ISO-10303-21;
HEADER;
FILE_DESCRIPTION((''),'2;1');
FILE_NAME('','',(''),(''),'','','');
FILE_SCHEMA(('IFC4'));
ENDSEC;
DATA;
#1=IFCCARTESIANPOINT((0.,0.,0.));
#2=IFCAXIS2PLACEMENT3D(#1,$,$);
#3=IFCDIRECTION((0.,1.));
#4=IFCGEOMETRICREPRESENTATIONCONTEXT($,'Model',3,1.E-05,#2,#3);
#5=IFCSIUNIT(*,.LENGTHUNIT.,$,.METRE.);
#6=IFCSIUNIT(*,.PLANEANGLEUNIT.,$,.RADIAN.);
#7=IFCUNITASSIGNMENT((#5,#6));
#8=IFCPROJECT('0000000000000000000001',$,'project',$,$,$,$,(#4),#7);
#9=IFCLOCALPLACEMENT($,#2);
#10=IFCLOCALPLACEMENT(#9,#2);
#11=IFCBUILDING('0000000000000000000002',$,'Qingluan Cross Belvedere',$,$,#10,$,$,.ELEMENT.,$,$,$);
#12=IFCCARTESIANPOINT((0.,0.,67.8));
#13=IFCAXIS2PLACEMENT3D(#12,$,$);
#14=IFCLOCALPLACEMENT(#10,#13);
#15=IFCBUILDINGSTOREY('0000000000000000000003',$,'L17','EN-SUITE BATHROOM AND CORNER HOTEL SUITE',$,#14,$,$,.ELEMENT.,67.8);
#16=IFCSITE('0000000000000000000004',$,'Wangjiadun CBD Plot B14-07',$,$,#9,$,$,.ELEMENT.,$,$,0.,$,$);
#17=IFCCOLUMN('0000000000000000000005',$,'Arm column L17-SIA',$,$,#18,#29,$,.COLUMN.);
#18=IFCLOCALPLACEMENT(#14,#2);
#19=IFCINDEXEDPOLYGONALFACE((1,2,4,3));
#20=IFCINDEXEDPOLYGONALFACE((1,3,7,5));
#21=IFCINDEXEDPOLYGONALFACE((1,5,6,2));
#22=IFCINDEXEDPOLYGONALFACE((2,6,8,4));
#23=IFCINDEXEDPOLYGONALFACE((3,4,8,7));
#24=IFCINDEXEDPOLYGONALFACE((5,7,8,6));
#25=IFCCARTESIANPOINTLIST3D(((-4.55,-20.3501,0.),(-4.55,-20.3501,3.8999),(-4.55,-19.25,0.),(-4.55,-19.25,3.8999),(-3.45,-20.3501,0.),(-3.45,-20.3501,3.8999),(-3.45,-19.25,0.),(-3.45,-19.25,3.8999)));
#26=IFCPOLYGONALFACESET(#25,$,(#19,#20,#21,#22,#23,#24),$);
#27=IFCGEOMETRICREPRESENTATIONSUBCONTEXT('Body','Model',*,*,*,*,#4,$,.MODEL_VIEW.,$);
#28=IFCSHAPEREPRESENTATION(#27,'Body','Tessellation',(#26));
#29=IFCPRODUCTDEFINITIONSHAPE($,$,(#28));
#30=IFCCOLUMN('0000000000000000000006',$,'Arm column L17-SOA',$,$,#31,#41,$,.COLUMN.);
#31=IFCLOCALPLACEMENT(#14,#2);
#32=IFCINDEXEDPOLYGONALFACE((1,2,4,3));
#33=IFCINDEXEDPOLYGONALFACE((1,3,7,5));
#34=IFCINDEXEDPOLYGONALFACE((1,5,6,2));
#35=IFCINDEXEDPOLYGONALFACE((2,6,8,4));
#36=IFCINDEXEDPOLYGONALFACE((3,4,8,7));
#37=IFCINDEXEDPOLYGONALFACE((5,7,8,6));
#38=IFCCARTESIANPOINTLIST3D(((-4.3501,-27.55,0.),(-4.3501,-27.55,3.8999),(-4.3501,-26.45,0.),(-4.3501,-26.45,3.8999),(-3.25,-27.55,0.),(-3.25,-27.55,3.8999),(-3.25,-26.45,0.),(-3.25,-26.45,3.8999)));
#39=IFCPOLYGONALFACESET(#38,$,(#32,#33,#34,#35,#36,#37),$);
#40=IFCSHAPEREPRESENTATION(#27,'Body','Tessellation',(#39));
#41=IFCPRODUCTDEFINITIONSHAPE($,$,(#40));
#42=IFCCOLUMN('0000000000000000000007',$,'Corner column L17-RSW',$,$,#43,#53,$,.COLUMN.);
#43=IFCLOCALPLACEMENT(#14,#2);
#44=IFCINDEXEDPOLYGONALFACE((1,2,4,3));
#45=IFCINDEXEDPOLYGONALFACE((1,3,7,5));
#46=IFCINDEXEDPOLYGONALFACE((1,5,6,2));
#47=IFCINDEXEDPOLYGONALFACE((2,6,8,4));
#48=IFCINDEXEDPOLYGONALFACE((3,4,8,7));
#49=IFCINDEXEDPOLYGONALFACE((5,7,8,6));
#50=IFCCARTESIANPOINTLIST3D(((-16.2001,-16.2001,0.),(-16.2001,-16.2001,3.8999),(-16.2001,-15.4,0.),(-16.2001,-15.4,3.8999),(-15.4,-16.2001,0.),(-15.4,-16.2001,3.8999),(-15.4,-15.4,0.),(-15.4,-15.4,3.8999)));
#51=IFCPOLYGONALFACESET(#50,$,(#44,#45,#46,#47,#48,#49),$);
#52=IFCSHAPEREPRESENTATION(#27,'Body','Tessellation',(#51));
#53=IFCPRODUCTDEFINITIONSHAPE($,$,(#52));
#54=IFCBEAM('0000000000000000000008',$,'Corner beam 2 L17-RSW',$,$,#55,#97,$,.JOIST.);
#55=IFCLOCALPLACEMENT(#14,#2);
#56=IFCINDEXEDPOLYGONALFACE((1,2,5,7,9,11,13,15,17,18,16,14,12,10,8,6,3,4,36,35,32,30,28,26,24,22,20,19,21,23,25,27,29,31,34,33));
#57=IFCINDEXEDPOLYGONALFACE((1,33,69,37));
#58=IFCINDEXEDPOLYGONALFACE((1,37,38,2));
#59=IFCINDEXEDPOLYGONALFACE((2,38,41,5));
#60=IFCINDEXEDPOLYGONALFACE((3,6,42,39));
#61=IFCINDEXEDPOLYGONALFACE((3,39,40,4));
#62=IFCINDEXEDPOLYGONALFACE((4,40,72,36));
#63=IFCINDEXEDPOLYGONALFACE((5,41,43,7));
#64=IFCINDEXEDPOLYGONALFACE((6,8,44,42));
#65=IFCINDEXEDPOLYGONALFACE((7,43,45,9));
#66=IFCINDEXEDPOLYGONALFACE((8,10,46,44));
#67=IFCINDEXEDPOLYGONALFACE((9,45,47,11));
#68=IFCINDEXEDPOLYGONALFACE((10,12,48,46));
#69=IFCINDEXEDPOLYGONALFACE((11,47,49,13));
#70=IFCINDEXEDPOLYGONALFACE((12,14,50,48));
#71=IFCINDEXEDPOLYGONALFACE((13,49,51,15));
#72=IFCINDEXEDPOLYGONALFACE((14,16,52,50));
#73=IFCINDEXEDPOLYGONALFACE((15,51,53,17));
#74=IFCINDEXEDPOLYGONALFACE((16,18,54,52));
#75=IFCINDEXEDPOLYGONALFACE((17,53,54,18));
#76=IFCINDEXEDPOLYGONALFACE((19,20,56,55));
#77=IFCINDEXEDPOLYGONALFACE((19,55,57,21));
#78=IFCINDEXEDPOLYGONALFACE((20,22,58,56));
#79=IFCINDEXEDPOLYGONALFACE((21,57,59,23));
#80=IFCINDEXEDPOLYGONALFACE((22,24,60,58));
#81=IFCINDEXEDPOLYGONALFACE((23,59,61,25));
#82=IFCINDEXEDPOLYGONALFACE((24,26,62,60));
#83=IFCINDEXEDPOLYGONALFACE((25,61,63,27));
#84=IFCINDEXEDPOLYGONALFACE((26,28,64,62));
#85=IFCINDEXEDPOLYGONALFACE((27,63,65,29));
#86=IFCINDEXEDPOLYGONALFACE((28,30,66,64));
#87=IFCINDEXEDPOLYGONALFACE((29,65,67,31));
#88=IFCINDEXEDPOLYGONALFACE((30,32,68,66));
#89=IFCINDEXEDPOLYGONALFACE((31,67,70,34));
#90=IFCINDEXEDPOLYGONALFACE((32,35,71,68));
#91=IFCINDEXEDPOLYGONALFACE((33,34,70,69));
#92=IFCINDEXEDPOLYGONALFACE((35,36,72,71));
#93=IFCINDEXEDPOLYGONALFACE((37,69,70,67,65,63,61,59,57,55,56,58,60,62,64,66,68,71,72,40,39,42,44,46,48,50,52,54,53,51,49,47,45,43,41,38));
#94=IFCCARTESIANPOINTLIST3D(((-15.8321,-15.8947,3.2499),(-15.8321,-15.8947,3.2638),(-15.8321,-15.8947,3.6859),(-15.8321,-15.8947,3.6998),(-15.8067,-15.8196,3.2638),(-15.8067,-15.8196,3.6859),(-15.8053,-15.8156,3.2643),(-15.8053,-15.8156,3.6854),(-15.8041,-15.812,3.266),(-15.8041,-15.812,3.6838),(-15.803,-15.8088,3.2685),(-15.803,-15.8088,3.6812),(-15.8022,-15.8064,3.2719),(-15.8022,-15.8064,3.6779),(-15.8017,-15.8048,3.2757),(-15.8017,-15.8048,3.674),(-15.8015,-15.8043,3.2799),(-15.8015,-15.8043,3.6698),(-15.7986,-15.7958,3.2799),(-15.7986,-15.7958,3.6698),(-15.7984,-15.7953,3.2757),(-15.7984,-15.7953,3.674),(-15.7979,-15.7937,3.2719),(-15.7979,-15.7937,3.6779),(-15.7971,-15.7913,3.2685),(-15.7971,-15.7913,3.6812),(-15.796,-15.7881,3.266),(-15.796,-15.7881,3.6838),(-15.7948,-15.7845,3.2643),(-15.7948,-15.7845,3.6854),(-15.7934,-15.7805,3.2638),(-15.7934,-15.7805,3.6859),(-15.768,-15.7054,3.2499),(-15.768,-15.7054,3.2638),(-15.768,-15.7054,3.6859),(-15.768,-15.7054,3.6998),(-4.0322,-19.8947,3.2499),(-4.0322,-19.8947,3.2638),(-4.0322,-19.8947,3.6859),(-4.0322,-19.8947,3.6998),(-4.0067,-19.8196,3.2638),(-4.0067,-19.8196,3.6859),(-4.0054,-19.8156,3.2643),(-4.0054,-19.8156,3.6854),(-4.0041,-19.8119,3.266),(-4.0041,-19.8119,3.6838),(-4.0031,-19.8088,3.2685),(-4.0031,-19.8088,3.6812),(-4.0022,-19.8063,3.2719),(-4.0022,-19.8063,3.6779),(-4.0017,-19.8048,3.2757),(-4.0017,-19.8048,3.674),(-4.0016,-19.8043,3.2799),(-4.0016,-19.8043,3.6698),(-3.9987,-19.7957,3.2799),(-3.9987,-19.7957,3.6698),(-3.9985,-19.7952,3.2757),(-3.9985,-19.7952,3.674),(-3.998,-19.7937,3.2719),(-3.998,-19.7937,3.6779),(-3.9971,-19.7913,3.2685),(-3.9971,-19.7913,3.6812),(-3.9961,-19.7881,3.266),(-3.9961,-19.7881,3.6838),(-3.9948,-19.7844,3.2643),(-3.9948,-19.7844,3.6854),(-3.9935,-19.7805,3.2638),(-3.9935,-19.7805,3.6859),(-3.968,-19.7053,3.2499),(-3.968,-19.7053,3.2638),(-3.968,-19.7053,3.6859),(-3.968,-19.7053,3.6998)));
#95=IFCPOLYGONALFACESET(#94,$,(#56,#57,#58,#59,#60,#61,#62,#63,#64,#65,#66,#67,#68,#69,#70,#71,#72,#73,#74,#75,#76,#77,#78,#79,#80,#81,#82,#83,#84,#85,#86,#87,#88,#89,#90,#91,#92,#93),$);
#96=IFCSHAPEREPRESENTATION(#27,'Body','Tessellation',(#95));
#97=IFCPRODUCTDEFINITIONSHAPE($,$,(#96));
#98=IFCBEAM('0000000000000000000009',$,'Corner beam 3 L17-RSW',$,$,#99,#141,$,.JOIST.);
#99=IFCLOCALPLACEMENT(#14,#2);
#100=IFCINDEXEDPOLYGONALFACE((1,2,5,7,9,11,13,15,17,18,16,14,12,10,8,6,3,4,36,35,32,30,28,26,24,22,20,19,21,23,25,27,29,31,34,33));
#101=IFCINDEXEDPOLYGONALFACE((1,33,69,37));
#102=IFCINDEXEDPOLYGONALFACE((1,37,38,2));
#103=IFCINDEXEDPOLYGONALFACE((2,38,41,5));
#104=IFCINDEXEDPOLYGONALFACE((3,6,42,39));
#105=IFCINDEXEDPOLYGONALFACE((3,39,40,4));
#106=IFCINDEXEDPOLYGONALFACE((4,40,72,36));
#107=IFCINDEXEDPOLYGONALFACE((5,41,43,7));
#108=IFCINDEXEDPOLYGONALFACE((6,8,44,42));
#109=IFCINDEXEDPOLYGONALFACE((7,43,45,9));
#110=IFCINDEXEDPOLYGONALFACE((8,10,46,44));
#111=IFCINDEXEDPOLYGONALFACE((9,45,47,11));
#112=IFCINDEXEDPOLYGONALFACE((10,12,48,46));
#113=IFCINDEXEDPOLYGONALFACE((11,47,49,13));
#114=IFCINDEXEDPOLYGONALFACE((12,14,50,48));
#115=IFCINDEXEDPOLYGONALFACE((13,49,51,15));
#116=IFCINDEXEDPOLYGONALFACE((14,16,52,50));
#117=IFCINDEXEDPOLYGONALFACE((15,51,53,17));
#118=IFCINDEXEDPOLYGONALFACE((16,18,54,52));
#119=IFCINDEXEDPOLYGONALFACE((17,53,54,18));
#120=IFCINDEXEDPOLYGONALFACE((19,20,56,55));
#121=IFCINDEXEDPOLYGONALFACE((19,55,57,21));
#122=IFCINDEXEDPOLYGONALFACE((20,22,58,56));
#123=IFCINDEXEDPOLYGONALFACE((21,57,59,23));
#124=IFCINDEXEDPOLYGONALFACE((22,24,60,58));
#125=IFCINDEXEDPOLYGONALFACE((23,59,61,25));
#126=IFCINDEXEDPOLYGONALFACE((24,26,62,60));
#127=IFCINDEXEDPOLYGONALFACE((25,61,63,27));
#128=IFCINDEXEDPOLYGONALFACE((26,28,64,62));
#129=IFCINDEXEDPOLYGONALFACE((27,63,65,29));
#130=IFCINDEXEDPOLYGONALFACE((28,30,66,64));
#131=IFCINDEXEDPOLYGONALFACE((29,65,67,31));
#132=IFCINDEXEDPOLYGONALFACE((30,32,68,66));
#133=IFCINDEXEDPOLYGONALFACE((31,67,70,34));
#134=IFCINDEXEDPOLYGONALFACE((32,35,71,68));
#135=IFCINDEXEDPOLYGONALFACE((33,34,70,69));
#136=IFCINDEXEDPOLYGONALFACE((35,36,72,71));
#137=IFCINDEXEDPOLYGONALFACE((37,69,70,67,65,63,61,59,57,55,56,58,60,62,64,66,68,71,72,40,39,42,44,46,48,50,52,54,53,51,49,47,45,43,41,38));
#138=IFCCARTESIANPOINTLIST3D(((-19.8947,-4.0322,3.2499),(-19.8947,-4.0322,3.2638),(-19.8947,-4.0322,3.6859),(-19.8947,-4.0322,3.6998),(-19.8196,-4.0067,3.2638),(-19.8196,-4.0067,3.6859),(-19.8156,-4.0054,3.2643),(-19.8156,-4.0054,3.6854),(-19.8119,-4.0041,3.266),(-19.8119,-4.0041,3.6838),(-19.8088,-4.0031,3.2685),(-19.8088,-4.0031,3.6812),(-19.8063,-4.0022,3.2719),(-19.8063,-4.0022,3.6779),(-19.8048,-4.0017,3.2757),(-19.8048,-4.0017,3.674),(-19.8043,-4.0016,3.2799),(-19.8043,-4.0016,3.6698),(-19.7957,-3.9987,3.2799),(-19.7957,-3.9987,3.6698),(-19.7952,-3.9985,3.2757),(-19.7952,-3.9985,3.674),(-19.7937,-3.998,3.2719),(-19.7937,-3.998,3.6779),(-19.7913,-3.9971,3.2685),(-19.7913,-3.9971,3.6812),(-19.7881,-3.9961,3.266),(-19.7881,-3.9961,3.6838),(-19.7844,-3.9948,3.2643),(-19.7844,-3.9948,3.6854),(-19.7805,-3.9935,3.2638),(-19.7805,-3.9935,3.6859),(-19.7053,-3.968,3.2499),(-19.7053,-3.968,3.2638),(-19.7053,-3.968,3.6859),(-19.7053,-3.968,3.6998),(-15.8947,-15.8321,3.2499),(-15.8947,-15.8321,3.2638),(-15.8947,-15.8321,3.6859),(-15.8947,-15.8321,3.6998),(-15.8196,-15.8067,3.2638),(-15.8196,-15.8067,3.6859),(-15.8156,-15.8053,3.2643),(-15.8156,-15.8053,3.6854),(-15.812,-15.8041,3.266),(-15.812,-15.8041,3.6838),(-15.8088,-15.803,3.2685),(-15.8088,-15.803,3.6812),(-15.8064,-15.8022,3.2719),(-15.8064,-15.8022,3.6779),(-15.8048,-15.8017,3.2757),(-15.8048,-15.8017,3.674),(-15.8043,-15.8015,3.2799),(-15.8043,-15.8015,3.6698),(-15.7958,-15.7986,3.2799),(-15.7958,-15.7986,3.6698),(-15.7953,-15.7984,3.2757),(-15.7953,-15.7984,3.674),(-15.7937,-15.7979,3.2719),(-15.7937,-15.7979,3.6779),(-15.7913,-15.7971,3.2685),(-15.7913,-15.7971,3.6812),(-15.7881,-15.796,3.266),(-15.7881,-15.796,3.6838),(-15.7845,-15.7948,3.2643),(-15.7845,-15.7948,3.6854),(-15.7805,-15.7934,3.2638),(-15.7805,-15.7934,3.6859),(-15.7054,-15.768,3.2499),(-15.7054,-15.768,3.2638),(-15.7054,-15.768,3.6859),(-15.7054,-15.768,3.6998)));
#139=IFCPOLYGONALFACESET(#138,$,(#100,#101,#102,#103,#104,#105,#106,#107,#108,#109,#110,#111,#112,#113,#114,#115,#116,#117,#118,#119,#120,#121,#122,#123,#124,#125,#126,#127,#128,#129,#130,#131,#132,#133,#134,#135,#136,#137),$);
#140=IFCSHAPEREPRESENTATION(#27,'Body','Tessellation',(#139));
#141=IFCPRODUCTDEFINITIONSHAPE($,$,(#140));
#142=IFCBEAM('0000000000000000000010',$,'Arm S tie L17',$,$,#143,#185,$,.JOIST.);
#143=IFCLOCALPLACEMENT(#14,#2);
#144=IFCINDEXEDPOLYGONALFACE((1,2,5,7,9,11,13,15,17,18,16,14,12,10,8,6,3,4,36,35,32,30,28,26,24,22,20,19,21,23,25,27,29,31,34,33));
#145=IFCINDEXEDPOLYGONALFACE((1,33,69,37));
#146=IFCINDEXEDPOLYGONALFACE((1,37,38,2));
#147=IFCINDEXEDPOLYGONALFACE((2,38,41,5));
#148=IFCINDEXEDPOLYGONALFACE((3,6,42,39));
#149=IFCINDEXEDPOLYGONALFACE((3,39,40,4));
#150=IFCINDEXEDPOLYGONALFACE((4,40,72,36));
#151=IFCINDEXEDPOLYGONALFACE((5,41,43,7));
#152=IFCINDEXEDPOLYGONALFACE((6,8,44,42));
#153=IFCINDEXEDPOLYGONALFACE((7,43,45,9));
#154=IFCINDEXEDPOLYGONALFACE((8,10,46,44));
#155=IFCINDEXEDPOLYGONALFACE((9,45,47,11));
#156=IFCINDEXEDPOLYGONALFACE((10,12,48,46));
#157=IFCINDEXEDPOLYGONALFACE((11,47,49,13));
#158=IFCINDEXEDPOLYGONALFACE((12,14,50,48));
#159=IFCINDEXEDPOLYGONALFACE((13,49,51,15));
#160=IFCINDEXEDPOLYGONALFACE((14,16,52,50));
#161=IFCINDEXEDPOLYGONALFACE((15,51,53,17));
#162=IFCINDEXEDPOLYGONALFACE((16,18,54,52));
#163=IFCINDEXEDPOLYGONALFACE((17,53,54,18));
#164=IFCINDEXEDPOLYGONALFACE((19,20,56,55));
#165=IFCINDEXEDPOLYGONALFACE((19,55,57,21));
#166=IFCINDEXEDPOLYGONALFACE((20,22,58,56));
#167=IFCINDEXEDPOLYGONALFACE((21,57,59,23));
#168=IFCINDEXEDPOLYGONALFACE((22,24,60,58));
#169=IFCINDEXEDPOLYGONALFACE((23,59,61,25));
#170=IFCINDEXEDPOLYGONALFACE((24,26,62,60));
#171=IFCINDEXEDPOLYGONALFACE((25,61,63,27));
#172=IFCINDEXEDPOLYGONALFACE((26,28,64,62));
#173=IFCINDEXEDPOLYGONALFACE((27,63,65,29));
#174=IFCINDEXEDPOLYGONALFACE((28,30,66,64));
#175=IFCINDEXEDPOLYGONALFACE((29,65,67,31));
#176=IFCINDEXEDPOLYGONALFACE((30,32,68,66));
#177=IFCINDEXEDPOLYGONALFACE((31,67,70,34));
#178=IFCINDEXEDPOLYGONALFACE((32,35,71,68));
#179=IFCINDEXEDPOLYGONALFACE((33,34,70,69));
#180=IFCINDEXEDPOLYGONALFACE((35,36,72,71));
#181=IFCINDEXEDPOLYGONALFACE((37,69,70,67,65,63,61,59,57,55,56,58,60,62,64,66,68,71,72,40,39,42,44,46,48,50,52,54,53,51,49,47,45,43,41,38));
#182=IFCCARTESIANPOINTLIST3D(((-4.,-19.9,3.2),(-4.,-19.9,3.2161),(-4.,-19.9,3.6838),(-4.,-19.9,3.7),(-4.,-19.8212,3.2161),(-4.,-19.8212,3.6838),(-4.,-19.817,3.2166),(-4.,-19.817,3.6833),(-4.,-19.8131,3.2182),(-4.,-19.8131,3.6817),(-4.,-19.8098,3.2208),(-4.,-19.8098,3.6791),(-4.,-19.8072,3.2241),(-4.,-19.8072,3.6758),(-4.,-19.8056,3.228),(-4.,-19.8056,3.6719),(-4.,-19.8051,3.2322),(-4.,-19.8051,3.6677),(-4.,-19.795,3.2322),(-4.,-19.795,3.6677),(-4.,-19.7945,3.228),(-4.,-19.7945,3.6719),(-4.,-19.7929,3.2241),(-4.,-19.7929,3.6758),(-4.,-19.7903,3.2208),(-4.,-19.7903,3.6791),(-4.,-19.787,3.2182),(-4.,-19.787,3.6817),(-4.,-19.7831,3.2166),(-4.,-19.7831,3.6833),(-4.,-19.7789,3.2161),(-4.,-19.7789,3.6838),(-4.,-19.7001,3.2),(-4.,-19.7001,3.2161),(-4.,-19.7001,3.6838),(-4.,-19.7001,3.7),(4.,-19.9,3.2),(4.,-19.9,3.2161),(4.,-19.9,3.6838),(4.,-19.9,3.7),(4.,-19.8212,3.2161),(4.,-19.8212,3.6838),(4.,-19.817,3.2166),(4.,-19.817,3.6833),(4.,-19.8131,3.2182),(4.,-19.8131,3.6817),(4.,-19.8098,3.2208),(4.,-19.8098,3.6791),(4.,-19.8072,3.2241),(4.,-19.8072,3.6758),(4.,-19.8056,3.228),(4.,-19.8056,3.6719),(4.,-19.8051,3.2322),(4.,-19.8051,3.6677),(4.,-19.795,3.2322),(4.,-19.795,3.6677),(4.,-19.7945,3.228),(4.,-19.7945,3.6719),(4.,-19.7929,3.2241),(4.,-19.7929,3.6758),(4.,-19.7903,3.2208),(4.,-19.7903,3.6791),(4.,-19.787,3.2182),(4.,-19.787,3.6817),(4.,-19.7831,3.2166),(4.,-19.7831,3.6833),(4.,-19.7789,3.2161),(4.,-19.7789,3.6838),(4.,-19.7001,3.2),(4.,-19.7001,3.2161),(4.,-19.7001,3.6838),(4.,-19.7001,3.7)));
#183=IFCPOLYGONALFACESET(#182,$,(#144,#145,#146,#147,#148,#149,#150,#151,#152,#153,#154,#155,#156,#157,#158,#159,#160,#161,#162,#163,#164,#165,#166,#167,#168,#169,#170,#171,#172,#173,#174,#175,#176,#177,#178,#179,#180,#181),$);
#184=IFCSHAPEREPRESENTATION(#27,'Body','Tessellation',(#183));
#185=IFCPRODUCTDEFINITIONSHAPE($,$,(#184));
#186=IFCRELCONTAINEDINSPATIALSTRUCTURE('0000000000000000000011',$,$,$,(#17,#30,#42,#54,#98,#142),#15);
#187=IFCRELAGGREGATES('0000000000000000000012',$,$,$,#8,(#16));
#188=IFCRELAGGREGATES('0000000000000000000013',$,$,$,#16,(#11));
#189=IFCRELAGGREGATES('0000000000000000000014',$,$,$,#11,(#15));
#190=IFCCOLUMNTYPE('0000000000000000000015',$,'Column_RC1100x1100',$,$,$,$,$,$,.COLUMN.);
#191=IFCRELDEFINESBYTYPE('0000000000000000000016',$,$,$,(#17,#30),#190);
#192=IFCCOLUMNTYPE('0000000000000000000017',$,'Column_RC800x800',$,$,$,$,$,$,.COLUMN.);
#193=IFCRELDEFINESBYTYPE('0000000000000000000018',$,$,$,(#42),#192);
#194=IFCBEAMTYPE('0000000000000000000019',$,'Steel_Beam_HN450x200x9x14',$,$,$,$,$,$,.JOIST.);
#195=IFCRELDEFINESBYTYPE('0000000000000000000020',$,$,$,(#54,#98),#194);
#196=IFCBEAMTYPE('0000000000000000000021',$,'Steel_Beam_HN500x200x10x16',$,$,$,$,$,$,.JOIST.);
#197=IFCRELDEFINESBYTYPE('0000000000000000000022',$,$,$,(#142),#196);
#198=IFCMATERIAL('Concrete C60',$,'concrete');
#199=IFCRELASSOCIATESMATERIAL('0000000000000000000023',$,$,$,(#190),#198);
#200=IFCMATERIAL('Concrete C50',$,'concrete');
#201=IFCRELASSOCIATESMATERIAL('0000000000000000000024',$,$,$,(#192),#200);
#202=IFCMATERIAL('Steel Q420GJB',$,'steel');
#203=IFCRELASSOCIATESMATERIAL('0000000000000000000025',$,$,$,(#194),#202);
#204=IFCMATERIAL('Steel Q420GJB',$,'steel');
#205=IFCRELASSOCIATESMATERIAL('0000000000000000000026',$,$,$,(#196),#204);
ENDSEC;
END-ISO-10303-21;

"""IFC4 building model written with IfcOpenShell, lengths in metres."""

from ifc_helpers import new_model, si_unit, direction, frame, origin, origin_2d, place, context, subcontext, project, spatial, rectangle, i_section, extrude, material, material_profile, profile_set, type_object, element, save


model = new_model("IFC4")

# Units and contexts
model_context = context("Model", 3, precision=1e-05, world=origin(), true_north=direction((0.0, 1.0)))
body_context = subcontext(model_context, "Body", "Model", "MODEL_VIEW")
ifc_project = project(units=[si_unit("LENGTHUNIT", "METRE"), si_unit("PLANEANGLEUNIT", "RADIAN")], contexts=[model_context])

# Site, building, storey
site_placement = place(None, origin())
site = spatial("IfcSite", under=ifc_project, at=site_placement, Name="Wangjiadun CBD Plot B14-07", CompositionType="ELEMENT", RefElevation=0.0)
building_placement = place(site_placement, origin())
building = spatial("IfcBuilding", under=site, at=building_placement, Name="Qingluan Cross Belvedere", CompositionType="ELEMENT")
storey_placement = place(building_placement, frame((0.0, 0.0, 67.8)))
storey = spatial("IfcBuildingStorey", under=building, at=storey_placement, Name="L17", Description="EN-SUITE BATHROOM AND CORNER HOTEL SUITE", CompositionType="ELEMENT", Elevation=67.8)

# Columns
ifc_material_1 = material(Name="Concrete C60", Category="concrete")
ifc_material_profile_1 = material_profile(ifc_material_1, rectangle(XDim=1.1001, YDim=1.1001, at=origin_2d()), Name="RC1100x1100")
ifc_profile_set_1 = profile_set([ifc_material_profile_1], Name="Concrete C60")
column_type_1 = type_object("IfcColumnType", Name="Column_RC1100x1100", PredefinedType="COLUMN", material=ifc_profile_set_1)
for number, where, z_axis, x_axis, name in (
    (1, (-4.0, -19.8, 0.0), (0.0, 0.0, 1.0), (1.0, 0.0, 0.0), "Arm column L17-SIA"),
    (2, (-3.8, -27.0, 0.0), (0.0, 0.0, 1.0), (1.0, 0.0, 0.0), "Arm column L17-SOA"),
):
    element("IfcColumn", number, at=place(storey_placement, frame(where, z_axis=z_axis, x_axis=x_axis)), inside=storey, type_object=column_type_1, Name=name, PredefinedType="COLUMN", context=body_context, shape_type="SweptSolid", body=[
        extrude(rectangle(XDim=1.1001, YDim=1.1001, at=origin_2d()), origin(), (0.0, 0.0, 1.0), 3.8999),
    ])
ifc_material_2 = material(Name="Concrete C50", Category="concrete")
ifc_material_profile_2 = material_profile(ifc_material_2, rectangle(XDim=0.8, YDim=0.8, at=origin_2d()), Name="RC800x800")
ifc_profile_set_2 = profile_set([ifc_material_profile_2], Name="Concrete C50")
column_type_2 = type_object("IfcColumnType", Name="Column_RC800x800", PredefinedType="COLUMN", material=ifc_profile_set_2)
column_placement = place(storey_placement, frame((-15.8, -15.8, 0.0), z_axis=(0.0, 0.0, 1.0), x_axis=(1.0, 0.0, 0.0)))
element("IfcColumn", 3, at=column_placement, inside=storey, type_object=column_type_2, Name="Corner column L17-RSW", PredefinedType="COLUMN", context=body_context, shape_type="SweptSolid", body=[
    extrude(rectangle(XDim=0.8, YDim=0.8, at=origin_2d()), origin(), (0.0, 0.0, 1.0), 3.8999),
])

# Beams
ifc_material_3 = material(Name="Steel Q420GJB", Category="steel")
ifc_material_profile_3 = material_profile(ifc_material_3, i_section(OverallWidth=0.2, OverallDepth=0.45, WebThickness=0.009, FlangeThickness=0.0139, FilletRadius=0.0161, at=origin_2d()), Name="HN450x200x9x14")
ifc_profile_set_3 = profile_set([ifc_material_profile_3], Name="Steel Q420GJB")
beam_type_1 = type_object("IfcBeamType", Name="Steel_Beam_HN450x200x9x14", PredefinedType="JOIST", material=ifc_profile_set_3)
for number, where, z_axis, x_axis, name in (
    (4, (-15.8, -15.8, 3.4749), (0.947066, -0.321038, 0.0), (0.321038, 0.947066, 0.0), "Corner beam 2 L17-RSW"),
    (5, (-15.8, -15.8, 3.4749), (-0.321038, 0.947066, 0.0), (-0.947066, -0.321038, 0.0), "Corner beam 3 L17-RSW"),
):
    element("IfcBeam", number, at=place(storey_placement, frame(where, z_axis=z_axis, x_axis=x_axis)), inside=storey, type_object=beam_type_1, Name=name, PredefinedType="JOIST", context=body_context, shape_type="SweptSolid", body=[
        extrude(i_section(OverallWidth=0.2, OverallDepth=0.45, WebThickness=0.009, FlangeThickness=0.0139, FilletRadius=0.0161, at=origin_2d()), origin(), (0.0, 0.0, 1.0), 12.4595),
    ])
ifc_material_4 = material(Name="Steel Q420GJB", Category="steel")
ifc_material_profile_4 = material_profile(ifc_material_4, i_section(OverallWidth=0.2, OverallDepth=0.5, WebThickness=0.01, FlangeThickness=0.0161, FilletRadius=0.0161, at=origin_2d()), Name="HN500x200x10x16")
ifc_profile_set_4 = profile_set([ifc_material_profile_4], Name="Steel Q420GJB")
beam_type_2 = type_object("IfcBeamType", Name="Steel_Beam_HN500x200x10x16", PredefinedType="JOIST", material=ifc_profile_set_4)
for number, where, z_axis, x_axis, name in (
    (6, (-4.0, -19.8, 3.45), (1.0, 0.0, 0.0), (0.0, 1.0, 0.0), "Arm S tie L17"),
):
    element("IfcBeam", number, at=place(storey_placement, frame(where, z_axis=z_axis, x_axis=x_axis)), inside=storey, type_object=beam_type_2, Name=name, PredefinedType="JOIST", context=body_context, shape_type="SweptSolid", body=[
        extrude(i_section(OverallWidth=0.2, OverallDepth=0.5, WebThickness=0.01, FlangeThickness=0.0161, FilletRadius=0.0161, at=origin_2d()), origin(), (0.0, 0.0, 1.0), 8.0),
    ])

save(model, "model.ifc")
